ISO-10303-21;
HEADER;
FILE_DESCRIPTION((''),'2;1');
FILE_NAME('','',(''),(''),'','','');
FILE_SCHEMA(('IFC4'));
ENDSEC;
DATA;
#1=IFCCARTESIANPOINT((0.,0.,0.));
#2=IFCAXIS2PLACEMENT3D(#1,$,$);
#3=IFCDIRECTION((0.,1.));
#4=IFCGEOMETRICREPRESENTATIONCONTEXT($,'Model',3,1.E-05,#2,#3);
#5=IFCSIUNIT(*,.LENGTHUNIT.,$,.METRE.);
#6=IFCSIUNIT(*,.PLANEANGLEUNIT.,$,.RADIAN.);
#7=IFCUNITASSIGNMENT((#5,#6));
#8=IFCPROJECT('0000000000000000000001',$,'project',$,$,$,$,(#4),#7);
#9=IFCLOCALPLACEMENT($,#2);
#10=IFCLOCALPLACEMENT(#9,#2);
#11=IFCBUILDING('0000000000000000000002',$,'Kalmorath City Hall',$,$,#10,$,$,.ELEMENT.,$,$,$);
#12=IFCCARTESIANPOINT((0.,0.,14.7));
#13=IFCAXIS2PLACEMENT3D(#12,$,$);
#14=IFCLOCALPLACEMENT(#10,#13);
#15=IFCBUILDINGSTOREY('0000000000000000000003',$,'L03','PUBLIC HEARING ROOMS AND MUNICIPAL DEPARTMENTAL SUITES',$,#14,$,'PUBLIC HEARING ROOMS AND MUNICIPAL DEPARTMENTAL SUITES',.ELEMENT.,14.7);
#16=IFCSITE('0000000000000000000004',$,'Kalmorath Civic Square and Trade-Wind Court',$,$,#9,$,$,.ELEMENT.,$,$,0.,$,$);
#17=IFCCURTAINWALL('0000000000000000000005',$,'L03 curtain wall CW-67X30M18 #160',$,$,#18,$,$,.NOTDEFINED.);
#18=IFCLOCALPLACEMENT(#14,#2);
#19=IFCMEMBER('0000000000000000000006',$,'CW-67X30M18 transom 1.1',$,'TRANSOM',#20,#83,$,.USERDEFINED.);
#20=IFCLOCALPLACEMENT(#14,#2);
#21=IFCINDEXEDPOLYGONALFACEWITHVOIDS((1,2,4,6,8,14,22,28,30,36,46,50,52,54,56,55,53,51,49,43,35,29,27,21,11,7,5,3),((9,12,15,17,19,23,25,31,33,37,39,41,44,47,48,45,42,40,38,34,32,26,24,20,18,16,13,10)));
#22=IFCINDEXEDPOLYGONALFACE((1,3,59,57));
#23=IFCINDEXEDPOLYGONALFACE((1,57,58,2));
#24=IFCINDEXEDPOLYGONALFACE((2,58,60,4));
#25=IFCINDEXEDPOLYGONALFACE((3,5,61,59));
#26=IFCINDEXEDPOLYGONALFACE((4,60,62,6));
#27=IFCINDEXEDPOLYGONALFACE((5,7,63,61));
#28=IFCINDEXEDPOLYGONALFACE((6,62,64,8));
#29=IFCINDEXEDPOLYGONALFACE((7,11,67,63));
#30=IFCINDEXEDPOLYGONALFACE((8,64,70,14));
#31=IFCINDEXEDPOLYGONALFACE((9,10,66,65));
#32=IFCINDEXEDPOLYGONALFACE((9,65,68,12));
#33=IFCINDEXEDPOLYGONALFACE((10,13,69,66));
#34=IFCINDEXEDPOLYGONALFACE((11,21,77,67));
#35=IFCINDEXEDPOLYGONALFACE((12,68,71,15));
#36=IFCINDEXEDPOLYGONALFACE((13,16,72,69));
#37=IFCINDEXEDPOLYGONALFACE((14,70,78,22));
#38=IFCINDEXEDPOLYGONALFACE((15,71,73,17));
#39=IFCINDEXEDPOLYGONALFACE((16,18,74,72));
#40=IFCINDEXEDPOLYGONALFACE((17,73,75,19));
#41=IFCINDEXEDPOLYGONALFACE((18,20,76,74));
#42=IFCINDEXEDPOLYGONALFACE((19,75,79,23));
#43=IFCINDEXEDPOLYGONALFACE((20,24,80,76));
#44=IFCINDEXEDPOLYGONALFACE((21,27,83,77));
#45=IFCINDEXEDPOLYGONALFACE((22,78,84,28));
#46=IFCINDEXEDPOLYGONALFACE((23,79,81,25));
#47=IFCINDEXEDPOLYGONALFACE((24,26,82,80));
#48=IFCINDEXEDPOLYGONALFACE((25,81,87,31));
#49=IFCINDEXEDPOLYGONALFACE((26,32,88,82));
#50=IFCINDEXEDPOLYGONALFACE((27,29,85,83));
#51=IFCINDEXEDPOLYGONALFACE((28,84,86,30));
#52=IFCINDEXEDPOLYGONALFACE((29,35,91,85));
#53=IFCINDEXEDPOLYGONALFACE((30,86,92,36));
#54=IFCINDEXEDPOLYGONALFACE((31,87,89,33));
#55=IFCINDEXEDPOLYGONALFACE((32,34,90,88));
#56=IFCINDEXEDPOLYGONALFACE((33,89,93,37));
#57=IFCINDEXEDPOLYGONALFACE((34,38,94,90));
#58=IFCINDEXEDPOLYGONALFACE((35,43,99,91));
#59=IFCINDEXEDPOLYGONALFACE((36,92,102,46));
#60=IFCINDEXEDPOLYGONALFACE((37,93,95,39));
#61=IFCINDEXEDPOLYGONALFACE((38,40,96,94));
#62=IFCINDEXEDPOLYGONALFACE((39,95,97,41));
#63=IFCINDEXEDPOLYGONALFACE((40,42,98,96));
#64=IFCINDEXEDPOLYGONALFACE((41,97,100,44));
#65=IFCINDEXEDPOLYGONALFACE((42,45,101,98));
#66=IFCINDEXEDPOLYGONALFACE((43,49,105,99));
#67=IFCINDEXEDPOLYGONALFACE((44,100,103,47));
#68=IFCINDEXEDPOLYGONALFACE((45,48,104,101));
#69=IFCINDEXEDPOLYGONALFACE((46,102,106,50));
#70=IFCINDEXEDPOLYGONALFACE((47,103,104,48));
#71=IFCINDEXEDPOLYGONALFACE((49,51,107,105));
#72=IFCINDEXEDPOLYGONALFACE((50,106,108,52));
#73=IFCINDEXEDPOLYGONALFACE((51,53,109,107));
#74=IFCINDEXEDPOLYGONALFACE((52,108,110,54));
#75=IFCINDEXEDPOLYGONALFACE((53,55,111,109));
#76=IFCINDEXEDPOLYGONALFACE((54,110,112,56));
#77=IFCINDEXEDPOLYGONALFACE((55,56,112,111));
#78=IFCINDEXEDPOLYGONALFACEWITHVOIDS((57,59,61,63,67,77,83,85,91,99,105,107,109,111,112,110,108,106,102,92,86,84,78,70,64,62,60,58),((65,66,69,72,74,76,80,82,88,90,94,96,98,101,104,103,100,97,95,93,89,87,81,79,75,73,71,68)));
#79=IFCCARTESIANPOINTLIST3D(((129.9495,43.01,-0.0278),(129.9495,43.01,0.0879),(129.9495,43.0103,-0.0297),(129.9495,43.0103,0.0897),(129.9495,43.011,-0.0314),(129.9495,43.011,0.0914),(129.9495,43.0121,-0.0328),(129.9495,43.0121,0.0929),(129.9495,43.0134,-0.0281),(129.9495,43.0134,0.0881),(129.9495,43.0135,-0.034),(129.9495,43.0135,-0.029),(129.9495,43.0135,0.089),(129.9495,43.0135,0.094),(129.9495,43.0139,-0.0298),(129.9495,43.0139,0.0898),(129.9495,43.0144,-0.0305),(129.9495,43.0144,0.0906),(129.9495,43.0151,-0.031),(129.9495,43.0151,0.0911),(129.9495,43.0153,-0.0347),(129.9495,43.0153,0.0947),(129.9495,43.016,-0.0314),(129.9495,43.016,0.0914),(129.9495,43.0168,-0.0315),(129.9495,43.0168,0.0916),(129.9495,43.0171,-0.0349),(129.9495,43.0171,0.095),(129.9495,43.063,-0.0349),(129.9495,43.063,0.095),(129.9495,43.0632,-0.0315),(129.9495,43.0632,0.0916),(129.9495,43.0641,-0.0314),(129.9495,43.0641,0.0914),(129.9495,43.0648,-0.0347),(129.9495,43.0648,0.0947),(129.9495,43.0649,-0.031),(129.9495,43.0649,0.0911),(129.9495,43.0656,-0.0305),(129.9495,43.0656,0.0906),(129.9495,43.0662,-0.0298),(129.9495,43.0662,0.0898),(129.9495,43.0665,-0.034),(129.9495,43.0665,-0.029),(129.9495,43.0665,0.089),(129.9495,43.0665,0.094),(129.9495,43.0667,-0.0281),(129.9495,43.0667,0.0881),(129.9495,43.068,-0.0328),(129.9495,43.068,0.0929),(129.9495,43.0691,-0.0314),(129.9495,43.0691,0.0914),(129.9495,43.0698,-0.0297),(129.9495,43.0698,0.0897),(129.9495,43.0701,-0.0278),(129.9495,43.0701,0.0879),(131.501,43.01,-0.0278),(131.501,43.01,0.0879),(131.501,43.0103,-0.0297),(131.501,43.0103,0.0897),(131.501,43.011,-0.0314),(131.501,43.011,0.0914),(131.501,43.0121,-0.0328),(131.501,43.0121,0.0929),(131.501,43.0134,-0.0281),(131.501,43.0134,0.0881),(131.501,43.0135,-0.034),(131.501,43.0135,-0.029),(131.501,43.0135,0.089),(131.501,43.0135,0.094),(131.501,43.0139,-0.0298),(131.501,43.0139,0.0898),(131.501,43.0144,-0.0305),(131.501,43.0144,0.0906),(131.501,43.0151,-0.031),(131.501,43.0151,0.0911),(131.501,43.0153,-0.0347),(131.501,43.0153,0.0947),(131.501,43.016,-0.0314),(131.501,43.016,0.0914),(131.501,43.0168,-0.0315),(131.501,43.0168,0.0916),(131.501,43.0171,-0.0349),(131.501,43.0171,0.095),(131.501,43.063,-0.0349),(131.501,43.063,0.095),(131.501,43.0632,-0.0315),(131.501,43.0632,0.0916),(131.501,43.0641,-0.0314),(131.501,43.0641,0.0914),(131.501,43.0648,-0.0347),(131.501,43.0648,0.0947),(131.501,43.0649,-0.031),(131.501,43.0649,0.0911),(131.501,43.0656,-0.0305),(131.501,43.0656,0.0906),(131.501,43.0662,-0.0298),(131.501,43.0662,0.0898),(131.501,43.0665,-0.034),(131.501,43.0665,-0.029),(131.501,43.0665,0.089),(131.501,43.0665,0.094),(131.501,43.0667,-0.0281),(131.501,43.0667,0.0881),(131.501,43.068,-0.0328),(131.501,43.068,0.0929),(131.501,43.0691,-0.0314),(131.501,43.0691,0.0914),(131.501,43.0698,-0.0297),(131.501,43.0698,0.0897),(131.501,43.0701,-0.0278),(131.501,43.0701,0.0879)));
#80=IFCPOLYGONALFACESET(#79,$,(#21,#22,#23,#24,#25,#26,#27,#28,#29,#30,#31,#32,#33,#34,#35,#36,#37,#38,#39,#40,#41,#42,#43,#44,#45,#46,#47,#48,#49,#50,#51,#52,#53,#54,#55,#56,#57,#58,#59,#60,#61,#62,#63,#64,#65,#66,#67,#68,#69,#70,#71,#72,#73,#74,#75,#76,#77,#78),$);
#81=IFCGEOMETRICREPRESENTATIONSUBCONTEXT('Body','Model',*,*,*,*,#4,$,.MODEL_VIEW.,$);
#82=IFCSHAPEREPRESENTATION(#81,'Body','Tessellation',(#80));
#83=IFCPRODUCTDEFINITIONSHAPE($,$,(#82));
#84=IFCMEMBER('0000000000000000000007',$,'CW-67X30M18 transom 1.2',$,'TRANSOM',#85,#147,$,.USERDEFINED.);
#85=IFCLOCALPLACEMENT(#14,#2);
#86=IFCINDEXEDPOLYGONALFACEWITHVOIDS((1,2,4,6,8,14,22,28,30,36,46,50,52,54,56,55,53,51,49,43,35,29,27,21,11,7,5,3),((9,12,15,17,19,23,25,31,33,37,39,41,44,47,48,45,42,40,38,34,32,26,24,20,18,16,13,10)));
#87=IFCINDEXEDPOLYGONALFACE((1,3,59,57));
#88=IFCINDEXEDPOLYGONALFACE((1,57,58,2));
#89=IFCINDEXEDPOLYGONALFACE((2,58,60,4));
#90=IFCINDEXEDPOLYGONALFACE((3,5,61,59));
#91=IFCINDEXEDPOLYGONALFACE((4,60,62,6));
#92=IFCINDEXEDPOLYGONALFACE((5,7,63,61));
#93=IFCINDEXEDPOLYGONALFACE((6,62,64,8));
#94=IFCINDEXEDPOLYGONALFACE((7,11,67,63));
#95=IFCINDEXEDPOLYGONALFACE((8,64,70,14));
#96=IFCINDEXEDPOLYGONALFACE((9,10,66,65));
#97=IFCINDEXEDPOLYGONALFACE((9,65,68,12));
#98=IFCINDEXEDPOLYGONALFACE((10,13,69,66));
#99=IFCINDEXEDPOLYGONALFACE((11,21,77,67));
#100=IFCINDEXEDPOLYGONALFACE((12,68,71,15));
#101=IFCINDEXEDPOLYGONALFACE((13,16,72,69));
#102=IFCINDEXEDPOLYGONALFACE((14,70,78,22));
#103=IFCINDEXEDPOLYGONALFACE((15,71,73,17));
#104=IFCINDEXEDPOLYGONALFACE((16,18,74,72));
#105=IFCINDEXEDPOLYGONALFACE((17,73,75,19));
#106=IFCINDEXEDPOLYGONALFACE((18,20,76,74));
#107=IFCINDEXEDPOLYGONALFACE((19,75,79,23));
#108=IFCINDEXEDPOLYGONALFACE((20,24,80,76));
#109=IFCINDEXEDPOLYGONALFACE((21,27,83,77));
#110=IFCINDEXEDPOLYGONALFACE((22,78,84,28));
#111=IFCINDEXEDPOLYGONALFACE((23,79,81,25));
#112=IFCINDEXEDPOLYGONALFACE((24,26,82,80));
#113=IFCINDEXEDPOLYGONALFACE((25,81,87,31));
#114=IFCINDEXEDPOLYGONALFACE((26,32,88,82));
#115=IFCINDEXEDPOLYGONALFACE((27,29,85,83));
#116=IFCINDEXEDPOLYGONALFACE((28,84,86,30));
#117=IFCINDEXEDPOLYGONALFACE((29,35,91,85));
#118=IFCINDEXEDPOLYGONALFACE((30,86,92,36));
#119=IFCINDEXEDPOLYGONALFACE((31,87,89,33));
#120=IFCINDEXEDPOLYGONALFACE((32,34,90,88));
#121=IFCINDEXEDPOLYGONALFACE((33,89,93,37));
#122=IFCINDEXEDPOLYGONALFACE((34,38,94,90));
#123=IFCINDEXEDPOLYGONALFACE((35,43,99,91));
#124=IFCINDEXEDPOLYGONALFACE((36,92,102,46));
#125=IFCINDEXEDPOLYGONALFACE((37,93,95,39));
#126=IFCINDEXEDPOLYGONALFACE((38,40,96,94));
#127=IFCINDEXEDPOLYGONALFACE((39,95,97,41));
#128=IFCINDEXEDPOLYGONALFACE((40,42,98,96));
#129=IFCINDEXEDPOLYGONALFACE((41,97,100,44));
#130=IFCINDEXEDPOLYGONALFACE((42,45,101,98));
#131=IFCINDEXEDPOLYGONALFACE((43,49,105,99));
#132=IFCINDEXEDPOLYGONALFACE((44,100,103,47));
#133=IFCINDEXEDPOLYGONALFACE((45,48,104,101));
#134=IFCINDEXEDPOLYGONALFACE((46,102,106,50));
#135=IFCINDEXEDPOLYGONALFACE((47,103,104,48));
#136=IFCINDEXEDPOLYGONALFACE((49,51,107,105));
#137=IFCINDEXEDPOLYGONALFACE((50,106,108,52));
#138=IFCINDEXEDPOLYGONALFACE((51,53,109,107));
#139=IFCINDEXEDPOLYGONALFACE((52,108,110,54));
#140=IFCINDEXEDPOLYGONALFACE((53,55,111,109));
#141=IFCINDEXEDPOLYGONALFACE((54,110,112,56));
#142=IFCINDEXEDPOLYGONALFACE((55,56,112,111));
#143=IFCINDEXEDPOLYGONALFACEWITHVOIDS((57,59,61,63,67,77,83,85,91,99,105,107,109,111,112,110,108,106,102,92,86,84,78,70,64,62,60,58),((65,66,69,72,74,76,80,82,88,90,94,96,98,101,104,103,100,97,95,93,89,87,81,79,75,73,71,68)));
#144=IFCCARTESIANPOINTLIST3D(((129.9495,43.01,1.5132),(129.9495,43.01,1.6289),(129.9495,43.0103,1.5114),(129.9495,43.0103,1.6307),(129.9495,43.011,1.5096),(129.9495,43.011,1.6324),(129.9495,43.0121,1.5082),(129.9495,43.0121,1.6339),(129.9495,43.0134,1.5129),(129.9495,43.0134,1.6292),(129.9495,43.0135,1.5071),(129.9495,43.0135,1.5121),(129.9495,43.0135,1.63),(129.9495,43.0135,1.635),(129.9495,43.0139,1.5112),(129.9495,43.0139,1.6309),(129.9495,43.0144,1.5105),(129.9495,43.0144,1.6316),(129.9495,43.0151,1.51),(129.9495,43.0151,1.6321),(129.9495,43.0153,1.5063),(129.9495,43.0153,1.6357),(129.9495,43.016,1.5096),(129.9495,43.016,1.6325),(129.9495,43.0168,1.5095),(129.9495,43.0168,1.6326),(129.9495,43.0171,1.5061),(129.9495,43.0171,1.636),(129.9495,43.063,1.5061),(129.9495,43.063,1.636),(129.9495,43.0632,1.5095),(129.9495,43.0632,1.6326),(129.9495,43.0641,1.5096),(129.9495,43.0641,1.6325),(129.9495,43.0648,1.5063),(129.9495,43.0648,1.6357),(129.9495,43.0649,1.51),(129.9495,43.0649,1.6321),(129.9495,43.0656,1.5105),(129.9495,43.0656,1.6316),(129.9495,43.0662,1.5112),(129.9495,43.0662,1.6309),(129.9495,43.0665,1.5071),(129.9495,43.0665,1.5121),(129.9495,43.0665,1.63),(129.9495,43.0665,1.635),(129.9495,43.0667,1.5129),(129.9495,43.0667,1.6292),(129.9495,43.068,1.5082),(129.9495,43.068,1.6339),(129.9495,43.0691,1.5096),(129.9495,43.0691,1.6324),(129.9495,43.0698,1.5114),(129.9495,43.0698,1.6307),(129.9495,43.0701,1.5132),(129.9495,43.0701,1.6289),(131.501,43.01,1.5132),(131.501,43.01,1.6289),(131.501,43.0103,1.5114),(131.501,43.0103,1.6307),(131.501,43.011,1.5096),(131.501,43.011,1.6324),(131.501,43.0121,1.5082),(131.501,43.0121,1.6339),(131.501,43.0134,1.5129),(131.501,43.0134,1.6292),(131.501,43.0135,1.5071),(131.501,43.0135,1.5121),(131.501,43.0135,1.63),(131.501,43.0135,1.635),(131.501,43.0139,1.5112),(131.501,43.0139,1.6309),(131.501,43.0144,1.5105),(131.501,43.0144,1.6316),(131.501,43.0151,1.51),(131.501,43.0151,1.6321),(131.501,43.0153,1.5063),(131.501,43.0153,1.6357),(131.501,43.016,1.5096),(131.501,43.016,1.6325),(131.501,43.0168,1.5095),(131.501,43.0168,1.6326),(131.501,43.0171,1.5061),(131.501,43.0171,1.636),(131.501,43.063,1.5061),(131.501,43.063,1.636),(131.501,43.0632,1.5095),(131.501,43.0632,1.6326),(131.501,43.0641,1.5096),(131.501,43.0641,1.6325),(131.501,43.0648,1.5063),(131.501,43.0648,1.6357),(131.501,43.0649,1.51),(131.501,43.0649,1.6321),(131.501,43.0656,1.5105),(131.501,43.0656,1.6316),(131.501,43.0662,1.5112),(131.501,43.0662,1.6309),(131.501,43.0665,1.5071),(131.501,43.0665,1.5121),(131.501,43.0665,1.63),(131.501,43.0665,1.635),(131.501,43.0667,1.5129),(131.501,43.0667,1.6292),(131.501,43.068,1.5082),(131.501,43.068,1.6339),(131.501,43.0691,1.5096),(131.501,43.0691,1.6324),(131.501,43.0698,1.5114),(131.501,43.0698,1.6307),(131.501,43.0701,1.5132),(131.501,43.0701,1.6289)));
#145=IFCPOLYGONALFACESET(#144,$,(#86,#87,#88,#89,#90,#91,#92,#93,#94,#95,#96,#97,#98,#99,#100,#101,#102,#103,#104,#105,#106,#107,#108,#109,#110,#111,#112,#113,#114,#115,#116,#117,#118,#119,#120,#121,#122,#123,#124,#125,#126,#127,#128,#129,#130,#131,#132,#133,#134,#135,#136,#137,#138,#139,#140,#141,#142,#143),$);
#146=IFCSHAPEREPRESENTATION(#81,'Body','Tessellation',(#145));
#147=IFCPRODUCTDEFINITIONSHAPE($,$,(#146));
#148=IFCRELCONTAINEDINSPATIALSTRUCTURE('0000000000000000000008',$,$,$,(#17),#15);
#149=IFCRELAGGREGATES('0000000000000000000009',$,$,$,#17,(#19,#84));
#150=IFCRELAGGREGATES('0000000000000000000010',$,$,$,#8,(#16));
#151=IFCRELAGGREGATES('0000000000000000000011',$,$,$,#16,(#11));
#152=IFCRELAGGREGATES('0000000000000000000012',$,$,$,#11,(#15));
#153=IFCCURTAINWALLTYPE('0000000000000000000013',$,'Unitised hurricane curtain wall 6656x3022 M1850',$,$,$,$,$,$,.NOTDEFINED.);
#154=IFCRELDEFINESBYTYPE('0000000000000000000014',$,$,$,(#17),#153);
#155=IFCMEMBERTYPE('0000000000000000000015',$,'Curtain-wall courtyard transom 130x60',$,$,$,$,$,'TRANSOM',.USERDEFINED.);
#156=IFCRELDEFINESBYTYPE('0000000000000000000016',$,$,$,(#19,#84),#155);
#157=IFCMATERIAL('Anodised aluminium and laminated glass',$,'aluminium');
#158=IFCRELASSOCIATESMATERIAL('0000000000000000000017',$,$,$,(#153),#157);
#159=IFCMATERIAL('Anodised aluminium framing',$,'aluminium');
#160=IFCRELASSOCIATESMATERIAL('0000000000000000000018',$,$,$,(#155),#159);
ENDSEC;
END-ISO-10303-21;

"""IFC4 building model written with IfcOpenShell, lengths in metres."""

from ifc_helpers import new_model, si_unit, direction, frame, origin, origin_2d, place, context, subcontext, project, spatial, hollow_rectangle, extrude, material, material_profile, profile_set, type_object, element, aggregate, save


model = new_model("IFC4")

# Units and contexts
model_context = context("Model", 3, precision=1e-05, world=origin(), true_north=direction((0.0, 1.0)))
body_context = subcontext(model_context, "Body", "Model", "MODEL_VIEW")
ifc_project = project(units=[si_unit("LENGTHUNIT", "METRE"), si_unit("PLANEANGLEUNIT", "RADIAN")], contexts=[model_context])

# Site, building, storey
site_placement = place(None, origin())
site = spatial("IfcSite", under=ifc_project, at=site_placement, Name="Kalmorath Civic Square and Trade-Wind Court", CompositionType="ELEMENT", RefElevation=0.0)
building_placement = place(site_placement, origin())
building = spatial("IfcBuilding", under=site, at=building_placement, Name="Kalmorath City Hall", CompositionType="ELEMENT")
storey_placement = place(building_placement, frame((0.0, 0.0, 14.7)))
storey = spatial("IfcBuildingStorey", under=building, at=storey_placement, Name="L03", Description="PUBLIC HEARING ROOMS AND MUNICIPAL DEPARTMENTAL SUITES", LongName="PUBLIC HEARING ROOMS AND MUNICIPAL DEPARTMENTAL SUITES", CompositionType="ELEMENT", Elevation=14.7)

# Curtain wall, members
ifc_material_1 = material(Name="Anodised aluminium and laminated glass", Category="aluminium")
curtain_wall_type = type_object("IfcCurtainWallType", Name="Unitised hurricane curtain wall 6656x3022 M1850", PredefinedType="NOTDEFINED", material=ifc_material_1)
curtain_wall_placement = place(storey_placement, origin())
curtain_wall = element("IfcCurtainWall", 1, at=curtain_wall_placement, inside=storey, type_object=curtain_wall_type, Name="L03 curtain wall CW-67X30M18 #160", PredefinedType="NOTDEFINED")
ifc_material_2 = material(Name="Anodised aluminium framing", Category="aluminium")
ifc_material_profile_1 = material_profile(ifc_material_2, hollow_rectangle(XDim=0.0601, YDim=0.1299, WallThickness=0.0034, InnerFilletRadius=0.0034, OuterFilletRadius=0.0071, at=origin_2d()), Name="ALU-TRN-130X60X3.5")
ifc_profile_set_1 = profile_set([ifc_material_profile_1], Name="Anodised aluminium framing")
member_type_1 = type_object("IfcMemberType", Name="Curtain-wall courtyard transom 130x60", ElementType="TRANSOM", PredefinedType="USERDEFINED", material=ifc_profile_set_1)
member_1_placement = place(storey_placement, frame((129.9495, 43.04, 0.03), z_axis=(1.0, 0.0, 0.0), x_axis=(0.0, 1.0, 0.0)))
member_1 = element("IfcMember", 2, at=member_1_placement, type_object=member_type_1, Name="CW-67X30M18 transom 1.1", ObjectType="TRANSOM", PredefinedType="USERDEFINED", context=body_context, shape_type="SweptSolid", body=[
    extrude(hollow_rectangle(XDim=0.0601, YDim=0.1299, WallThickness=0.0034, InnerFilletRadius=0.0034, OuterFilletRadius=0.0071, at=origin_2d()), origin(), (0.0, 0.0, 1.0), 1.5515),
])
member_2_placement = place(storey_placement, frame((129.9495, 43.04, 1.571), z_axis=(1.0, 0.0, 0.0), x_axis=(0.0, 1.0, 0.0)))
member_2 = element("IfcMember", 3, at=member_2_placement, type_object=member_type_1, Name="CW-67X30M18 transom 1.2", ObjectType="TRANSOM", PredefinedType="USERDEFINED", context=body_context, shape_type="SweptSolid", body=[
    extrude(hollow_rectangle(XDim=0.0601, YDim=0.1299, WallThickness=0.0034, InnerFilletRadius=0.0034, OuterFilletRadius=0.0071, at=origin_2d()), origin(), (0.0, 0.0, 1.0), 1.5515),
])
aggregate(curtain_wall, [member_1, member_2])

save(model, "model.ifc")
